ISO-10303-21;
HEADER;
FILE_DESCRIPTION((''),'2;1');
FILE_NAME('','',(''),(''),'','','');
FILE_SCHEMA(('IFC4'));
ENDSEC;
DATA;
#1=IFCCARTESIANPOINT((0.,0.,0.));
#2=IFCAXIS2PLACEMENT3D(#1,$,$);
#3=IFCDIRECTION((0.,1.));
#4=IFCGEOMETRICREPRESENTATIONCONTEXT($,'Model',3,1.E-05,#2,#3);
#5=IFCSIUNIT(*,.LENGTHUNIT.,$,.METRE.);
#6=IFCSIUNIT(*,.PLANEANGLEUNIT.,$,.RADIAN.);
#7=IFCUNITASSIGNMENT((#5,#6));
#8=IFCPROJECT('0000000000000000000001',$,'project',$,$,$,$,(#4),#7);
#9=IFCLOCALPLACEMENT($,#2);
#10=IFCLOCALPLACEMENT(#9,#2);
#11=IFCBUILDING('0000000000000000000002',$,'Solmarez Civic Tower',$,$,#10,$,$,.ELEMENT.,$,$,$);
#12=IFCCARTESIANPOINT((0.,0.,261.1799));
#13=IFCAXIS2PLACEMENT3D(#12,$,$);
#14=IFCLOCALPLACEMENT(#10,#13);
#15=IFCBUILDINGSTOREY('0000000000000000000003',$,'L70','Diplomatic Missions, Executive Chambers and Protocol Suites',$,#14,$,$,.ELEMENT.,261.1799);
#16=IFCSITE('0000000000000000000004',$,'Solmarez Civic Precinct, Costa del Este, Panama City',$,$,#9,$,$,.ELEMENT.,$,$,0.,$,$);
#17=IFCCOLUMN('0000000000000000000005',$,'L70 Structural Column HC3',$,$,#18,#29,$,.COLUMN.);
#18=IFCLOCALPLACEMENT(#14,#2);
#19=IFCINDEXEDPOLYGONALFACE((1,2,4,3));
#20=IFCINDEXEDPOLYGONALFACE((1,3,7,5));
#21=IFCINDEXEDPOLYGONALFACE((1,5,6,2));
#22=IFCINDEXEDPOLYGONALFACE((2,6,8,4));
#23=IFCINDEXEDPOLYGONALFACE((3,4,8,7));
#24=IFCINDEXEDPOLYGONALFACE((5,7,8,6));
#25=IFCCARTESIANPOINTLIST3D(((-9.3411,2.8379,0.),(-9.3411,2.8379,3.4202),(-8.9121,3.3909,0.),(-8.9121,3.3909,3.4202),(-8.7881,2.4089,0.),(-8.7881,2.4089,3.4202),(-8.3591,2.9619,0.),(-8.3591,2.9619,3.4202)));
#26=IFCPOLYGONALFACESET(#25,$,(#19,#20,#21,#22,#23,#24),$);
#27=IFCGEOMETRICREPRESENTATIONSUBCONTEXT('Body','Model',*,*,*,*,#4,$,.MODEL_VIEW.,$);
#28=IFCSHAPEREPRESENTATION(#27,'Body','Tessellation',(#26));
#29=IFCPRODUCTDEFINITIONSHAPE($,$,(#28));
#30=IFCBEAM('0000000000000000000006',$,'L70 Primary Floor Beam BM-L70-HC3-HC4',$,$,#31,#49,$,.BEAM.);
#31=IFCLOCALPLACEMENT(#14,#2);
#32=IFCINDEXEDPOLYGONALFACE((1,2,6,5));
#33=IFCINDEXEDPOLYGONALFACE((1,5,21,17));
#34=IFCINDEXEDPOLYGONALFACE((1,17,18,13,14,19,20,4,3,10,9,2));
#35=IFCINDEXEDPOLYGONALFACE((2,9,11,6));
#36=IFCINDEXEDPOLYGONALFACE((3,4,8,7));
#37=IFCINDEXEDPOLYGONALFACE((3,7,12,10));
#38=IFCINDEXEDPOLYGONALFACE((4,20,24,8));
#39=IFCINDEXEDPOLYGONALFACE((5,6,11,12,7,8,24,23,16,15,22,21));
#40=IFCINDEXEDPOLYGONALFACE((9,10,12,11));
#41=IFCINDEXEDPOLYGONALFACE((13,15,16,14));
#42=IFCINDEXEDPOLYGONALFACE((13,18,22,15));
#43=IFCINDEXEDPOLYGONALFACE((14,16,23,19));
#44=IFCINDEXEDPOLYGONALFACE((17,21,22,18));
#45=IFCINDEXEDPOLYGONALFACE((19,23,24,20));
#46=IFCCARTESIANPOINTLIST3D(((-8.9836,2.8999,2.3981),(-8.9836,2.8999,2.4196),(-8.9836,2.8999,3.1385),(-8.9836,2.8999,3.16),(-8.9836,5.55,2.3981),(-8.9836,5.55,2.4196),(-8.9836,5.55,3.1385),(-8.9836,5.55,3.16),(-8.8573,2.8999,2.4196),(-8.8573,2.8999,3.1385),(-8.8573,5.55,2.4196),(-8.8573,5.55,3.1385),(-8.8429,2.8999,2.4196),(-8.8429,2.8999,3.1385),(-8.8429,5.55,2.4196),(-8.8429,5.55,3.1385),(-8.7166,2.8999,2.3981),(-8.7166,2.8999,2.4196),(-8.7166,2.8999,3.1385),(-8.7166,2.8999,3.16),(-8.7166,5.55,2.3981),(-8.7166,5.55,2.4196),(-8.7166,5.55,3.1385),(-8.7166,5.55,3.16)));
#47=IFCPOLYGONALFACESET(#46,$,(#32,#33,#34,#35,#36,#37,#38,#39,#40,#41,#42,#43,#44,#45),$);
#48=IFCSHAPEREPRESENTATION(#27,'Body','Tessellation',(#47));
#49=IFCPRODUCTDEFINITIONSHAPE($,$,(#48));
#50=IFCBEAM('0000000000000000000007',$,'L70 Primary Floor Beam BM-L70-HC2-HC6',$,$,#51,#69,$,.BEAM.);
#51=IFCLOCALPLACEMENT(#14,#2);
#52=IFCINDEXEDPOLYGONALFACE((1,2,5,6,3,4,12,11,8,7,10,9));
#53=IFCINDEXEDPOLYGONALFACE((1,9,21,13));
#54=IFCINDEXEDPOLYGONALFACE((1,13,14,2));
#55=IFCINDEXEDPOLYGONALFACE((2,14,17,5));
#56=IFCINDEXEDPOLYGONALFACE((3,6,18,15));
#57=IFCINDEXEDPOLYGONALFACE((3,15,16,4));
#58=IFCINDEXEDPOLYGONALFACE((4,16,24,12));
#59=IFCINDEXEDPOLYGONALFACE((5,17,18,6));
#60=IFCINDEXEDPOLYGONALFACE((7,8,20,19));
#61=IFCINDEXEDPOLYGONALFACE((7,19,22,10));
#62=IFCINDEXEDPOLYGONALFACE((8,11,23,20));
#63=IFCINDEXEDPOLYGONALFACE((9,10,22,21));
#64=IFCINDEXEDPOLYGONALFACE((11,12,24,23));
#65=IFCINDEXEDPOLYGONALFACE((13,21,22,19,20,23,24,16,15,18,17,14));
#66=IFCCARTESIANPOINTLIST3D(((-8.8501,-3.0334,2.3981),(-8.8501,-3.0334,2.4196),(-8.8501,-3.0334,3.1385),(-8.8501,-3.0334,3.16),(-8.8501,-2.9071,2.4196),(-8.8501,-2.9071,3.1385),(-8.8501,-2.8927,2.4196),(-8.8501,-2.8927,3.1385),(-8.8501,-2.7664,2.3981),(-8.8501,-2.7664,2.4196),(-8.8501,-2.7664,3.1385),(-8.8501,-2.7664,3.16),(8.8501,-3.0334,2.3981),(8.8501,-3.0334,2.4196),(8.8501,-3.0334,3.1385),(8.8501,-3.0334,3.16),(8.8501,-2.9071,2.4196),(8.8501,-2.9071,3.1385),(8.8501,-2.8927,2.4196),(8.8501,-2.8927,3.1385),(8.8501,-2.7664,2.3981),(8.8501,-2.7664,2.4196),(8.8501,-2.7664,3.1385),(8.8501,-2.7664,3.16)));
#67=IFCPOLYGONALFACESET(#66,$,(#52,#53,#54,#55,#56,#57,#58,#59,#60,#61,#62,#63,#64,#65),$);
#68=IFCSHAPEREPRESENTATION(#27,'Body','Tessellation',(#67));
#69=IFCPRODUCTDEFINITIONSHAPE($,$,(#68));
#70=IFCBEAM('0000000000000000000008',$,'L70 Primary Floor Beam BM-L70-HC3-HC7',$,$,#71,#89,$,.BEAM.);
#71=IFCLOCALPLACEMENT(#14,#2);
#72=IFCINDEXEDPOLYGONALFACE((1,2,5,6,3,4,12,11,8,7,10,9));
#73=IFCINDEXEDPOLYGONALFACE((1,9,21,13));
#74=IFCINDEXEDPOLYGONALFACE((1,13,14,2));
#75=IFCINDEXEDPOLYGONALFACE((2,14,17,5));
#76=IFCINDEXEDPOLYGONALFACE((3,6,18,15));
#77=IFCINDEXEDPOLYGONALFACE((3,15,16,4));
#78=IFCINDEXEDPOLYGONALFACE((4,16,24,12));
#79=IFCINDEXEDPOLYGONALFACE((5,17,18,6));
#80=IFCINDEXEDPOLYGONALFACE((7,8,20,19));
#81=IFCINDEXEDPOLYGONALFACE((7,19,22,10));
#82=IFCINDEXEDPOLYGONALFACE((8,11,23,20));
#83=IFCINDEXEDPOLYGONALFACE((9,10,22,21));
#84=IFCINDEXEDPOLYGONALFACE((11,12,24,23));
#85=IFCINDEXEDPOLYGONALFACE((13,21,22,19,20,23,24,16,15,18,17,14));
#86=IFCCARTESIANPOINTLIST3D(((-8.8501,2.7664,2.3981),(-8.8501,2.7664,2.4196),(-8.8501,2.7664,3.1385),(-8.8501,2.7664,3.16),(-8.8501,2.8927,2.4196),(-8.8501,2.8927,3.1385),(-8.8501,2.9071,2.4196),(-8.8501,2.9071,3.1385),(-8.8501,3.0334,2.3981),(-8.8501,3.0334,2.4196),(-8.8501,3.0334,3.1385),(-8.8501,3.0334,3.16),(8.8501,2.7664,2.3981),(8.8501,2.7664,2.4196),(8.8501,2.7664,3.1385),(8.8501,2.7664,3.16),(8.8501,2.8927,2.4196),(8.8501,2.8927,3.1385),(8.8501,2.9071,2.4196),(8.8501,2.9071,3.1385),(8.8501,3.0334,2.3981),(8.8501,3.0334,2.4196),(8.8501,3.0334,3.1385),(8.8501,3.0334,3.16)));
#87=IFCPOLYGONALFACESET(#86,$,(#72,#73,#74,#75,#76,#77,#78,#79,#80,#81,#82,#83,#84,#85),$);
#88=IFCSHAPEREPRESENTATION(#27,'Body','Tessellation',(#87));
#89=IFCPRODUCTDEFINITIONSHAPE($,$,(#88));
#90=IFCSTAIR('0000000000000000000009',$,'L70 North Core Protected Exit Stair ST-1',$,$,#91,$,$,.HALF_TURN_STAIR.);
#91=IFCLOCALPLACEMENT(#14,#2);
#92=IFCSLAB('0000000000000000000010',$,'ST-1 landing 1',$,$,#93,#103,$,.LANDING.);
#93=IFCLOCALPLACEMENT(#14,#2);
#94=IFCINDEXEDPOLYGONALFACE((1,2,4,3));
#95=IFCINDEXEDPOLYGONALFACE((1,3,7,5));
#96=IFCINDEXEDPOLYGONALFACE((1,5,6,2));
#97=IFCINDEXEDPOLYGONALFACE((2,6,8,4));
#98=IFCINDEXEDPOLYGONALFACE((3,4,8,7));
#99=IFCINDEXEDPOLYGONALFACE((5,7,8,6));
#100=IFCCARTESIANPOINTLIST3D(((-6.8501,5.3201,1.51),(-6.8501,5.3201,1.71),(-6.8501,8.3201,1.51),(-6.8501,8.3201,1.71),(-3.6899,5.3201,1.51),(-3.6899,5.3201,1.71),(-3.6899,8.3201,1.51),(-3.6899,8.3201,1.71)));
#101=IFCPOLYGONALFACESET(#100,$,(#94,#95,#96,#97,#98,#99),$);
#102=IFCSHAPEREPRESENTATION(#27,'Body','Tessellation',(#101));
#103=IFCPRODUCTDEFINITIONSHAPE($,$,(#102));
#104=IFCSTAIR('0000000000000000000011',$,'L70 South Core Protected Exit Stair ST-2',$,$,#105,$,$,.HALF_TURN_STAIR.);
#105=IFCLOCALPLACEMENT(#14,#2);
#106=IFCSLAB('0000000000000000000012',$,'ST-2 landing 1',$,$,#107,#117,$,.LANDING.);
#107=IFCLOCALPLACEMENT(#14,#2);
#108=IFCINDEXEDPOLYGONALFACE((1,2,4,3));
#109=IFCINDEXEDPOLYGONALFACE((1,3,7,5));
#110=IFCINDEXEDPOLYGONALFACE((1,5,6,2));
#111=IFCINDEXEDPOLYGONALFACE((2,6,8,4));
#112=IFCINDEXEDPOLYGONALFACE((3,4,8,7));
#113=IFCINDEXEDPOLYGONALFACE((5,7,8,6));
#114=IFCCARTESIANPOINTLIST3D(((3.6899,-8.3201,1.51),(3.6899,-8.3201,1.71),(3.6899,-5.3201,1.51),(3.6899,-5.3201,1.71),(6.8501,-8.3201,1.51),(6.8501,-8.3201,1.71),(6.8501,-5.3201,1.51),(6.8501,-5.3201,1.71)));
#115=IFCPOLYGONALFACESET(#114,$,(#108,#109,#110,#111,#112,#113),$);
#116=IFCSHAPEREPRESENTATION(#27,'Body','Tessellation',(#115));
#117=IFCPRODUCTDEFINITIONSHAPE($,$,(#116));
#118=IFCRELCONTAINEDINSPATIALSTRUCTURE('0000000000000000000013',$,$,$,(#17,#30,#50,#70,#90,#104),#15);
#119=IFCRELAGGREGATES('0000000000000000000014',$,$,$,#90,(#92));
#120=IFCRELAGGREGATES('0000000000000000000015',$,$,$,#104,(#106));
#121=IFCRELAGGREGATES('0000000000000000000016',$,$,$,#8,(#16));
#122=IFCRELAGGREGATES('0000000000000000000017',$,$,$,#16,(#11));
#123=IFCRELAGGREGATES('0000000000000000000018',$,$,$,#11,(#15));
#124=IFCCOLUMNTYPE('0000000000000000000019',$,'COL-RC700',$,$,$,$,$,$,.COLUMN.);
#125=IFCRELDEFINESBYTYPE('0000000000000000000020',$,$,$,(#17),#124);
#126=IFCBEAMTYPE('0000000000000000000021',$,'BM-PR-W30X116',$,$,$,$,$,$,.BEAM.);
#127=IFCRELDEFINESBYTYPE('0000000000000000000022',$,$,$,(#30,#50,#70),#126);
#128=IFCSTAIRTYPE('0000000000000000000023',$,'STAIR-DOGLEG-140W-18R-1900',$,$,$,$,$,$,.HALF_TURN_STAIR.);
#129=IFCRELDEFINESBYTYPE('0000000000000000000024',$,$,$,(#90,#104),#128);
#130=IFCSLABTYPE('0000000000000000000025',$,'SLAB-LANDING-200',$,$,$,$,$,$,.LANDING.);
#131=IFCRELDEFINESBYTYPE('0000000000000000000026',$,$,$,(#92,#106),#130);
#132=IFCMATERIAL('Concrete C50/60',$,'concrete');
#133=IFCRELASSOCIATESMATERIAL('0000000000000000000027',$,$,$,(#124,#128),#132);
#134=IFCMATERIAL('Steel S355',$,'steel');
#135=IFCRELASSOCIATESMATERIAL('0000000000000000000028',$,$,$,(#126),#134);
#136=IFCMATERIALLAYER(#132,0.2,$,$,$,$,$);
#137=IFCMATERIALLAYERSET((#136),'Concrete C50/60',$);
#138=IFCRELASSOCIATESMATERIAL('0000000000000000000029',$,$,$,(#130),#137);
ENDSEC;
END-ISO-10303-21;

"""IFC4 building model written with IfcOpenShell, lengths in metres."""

from ifc_helpers import new_model, si_unit, direction, frame, origin, origin_2d, place, context, subcontext, project, spatial, polyline, rectangle, i_section, outline, extrude, material, layer, layer_set, material_profile, profile_set, type_object, element, aggregate, save


model = new_model("IFC4")

# Units and contexts
model_context = context("Model", 3, precision=1e-05, world=origin(), true_north=direction((0.0, 1.0)))
body_context = subcontext(model_context, "Body", "Model", "MODEL_VIEW")
ifc_project = project(units=[si_unit("LENGTHUNIT", "METRE"), si_unit("PLANEANGLEUNIT", "RADIAN")], contexts=[model_context])

# Site, building, storey
site_placement = place(None, origin())
site = spatial("IfcSite", under=ifc_project, at=site_placement, Name="Solmarez Civic Precinct, Costa del Este, Panama City", CompositionType="ELEMENT", RefElevation=0.0)
building_placement = place(site_placement, origin())
building = spatial("IfcBuilding", under=site, at=building_placement, Name="Solmarez Civic Tower", CompositionType="ELEMENT")
storey_placement = place(building_placement, frame((0.0, 0.0, 261.1799)))
storey = spatial("IfcBuildingStorey", under=building, at=storey_placement, Name="L70", Description="Diplomatic Missions, Executive Chambers and Protocol Suites", CompositionType="ELEMENT", Elevation=261.1799)

# Column
ifc_material_1 = material(Name="Concrete C50/60", Category="concrete")
ifc_material_profile_1 = material_profile(ifc_material_1, rectangle(XDim=0.7, YDim=0.7, at=origin_2d()), Name="RC700X700")
ifc_profile_set_1 = profile_set([ifc_material_profile_1], Name="Concrete C50/60")
column_type = type_object("IfcColumnType", Name="COL-RC700", PredefinedType="COLUMN", material=ifc_profile_set_1)
column_placement = place(storey_placement, frame((-8.8501, 2.8999, 0.0), z_axis=(0.0, 0.0, 1.0), x_axis=(0.612907, 0.790155, 0.0)))
element("IfcColumn", 1, at=column_placement, inside=storey, type_object=column_type, Name="L70 Structural Column HC3", PredefinedType="COLUMN", context=body_context, shape_type="SweptSolid", body=[
    extrude(rectangle(XDim=0.7, YDim=0.7, at=origin_2d()), origin(), (0.0, 0.0, 1.0), 3.4202),
])

# Beams
ifc_material_2 = material(Name="Steel S355", Category="steel")
ifc_material_profile_2 = material_profile(ifc_material_2, i_section(OverallWidth=0.2671, OverallDepth=0.762, WebThickness=0.0144, FlangeThickness=0.0215, at=origin_2d()), Name="W30X116")
ifc_profile_set_2 = profile_set([ifc_material_profile_2], Name="Steel S355")
beam_type = type_object("IfcBeamType", Name="BM-PR-W30X116", PredefinedType="BEAM", material=ifc_profile_set_2)
beam_placement = place(storey_placement, frame((-8.8501, 2.8999, 2.7791), z_axis=(0.0, 1.0, 0.0), x_axis=(-1.0, 0.0, 0.0)))
element("IfcBeam", 2, at=beam_placement, inside=storey, type_object=beam_type, Name="L70 Primary Floor Beam BM-L70-HC3-HC4", PredefinedType="BEAM", context=body_context, shape_type="SweptSolid", body=[
    extrude(i_section(OverallWidth=0.2671, OverallDepth=0.762, WebThickness=0.0144, FlangeThickness=0.0215, at=origin_2d()), origin(), (0.0, 0.0, 1.0), 2.6501),
])
for number, where, z_axis, x_axis, name in (
    (3, (-8.8501, -2.8999, 2.7791), (1.0, 0.0, 0.0), (0.0, 1.0, 0.0), "L70 Primary Floor Beam BM-L70-HC2-HC6"),
    (4, (-8.8501, 2.8999, 2.7791), (1.0, 0.0, 0.0), (0.0, 1.0, 0.0), "L70 Primary Floor Beam BM-L70-HC3-HC7"),
):
    element("IfcBeam", number, at=place(storey_placement, frame(where, z_axis=z_axis, x_axis=x_axis)), inside=storey, type_object=beam_type, Name=name, PredefinedType="BEAM", context=body_context, shape_type="SweptSolid", body=[
        extrude(i_section(OverallWidth=0.2671, OverallDepth=0.762, WebThickness=0.0144, FlangeThickness=0.0215, at=origin_2d()), origin(), (0.0, 0.0, 1.0), 17.7002),
    ])

# Stairs, slabs
stair_type = type_object("IfcStairType", Name="STAIR-DOGLEG-140W-18R-1900", PredefinedType="HALF_TURN_STAIR", material=ifc_material_1)
stair_1_placement = place(storey_placement, origin())
stair_1 = element("IfcStair", 5, at=stair_1_placement, inside=storey, type_object=stair_type, Name="L70 North Core Protected Exit Stair ST-1", PredefinedType="HALF_TURN_STAIR")
ifc_layer_1 = layer(ifc_material_1, 0.2)
ifc_layer_set_1 = layer_set([ifc_layer_1], Name="Concrete C50/60")
slab_type_1 = type_object("IfcSlabType", Name="SLAB-LANDING-200", PredefinedType="LANDING", material=ifc_layer_set_1)
slab_1_placement = place(storey_placement, frame((0.0, 0.0, 1.51)))
slab_1 = element("IfcSlab", 6, at=slab_1_placement, type_object=slab_type_1, Name="ST-1 landing 1", PredefinedType="LANDING", context=body_context, shape_type="SweptSolid", body=[
    extrude(outline(polyline([(-3.6899, 8.3201), (-6.8501, 8.3201), (-6.8501, 5.3201), (-3.6899, 5.3201), (-3.6899, 8.3201)])), origin(), (0.0, 0.0, 1.0), 0.2),
])
aggregate(stair_1, [slab_1])
stair_2_placement = place(storey_placement, origin())
stair_2 = element("IfcStair", 7, at=stair_2_placement, inside=storey, type_object=stair_type, Name="L70 South Core Protected Exit Stair ST-2", PredefinedType="HALF_TURN_STAIR")
slab_2_placement = place(storey_placement, frame((0.0, 0.0, 1.51)))
slab_2 = element("IfcSlab", 8, at=slab_2_placement, type_object=slab_type_1, Name="ST-2 landing 1", PredefinedType="LANDING", context=body_context, shape_type="SweptSolid", body=[
    extrude(outline(polyline([(3.6899, -8.3201), (6.8501, -8.3201), (6.8501, -5.3201), (3.6899, -5.3201), (3.6899, -8.3201)])), origin(), (0.0, 0.0, 1.0), 0.2),
])
aggregate(stair_2, [slab_2])

save(model, "model.ifc")
